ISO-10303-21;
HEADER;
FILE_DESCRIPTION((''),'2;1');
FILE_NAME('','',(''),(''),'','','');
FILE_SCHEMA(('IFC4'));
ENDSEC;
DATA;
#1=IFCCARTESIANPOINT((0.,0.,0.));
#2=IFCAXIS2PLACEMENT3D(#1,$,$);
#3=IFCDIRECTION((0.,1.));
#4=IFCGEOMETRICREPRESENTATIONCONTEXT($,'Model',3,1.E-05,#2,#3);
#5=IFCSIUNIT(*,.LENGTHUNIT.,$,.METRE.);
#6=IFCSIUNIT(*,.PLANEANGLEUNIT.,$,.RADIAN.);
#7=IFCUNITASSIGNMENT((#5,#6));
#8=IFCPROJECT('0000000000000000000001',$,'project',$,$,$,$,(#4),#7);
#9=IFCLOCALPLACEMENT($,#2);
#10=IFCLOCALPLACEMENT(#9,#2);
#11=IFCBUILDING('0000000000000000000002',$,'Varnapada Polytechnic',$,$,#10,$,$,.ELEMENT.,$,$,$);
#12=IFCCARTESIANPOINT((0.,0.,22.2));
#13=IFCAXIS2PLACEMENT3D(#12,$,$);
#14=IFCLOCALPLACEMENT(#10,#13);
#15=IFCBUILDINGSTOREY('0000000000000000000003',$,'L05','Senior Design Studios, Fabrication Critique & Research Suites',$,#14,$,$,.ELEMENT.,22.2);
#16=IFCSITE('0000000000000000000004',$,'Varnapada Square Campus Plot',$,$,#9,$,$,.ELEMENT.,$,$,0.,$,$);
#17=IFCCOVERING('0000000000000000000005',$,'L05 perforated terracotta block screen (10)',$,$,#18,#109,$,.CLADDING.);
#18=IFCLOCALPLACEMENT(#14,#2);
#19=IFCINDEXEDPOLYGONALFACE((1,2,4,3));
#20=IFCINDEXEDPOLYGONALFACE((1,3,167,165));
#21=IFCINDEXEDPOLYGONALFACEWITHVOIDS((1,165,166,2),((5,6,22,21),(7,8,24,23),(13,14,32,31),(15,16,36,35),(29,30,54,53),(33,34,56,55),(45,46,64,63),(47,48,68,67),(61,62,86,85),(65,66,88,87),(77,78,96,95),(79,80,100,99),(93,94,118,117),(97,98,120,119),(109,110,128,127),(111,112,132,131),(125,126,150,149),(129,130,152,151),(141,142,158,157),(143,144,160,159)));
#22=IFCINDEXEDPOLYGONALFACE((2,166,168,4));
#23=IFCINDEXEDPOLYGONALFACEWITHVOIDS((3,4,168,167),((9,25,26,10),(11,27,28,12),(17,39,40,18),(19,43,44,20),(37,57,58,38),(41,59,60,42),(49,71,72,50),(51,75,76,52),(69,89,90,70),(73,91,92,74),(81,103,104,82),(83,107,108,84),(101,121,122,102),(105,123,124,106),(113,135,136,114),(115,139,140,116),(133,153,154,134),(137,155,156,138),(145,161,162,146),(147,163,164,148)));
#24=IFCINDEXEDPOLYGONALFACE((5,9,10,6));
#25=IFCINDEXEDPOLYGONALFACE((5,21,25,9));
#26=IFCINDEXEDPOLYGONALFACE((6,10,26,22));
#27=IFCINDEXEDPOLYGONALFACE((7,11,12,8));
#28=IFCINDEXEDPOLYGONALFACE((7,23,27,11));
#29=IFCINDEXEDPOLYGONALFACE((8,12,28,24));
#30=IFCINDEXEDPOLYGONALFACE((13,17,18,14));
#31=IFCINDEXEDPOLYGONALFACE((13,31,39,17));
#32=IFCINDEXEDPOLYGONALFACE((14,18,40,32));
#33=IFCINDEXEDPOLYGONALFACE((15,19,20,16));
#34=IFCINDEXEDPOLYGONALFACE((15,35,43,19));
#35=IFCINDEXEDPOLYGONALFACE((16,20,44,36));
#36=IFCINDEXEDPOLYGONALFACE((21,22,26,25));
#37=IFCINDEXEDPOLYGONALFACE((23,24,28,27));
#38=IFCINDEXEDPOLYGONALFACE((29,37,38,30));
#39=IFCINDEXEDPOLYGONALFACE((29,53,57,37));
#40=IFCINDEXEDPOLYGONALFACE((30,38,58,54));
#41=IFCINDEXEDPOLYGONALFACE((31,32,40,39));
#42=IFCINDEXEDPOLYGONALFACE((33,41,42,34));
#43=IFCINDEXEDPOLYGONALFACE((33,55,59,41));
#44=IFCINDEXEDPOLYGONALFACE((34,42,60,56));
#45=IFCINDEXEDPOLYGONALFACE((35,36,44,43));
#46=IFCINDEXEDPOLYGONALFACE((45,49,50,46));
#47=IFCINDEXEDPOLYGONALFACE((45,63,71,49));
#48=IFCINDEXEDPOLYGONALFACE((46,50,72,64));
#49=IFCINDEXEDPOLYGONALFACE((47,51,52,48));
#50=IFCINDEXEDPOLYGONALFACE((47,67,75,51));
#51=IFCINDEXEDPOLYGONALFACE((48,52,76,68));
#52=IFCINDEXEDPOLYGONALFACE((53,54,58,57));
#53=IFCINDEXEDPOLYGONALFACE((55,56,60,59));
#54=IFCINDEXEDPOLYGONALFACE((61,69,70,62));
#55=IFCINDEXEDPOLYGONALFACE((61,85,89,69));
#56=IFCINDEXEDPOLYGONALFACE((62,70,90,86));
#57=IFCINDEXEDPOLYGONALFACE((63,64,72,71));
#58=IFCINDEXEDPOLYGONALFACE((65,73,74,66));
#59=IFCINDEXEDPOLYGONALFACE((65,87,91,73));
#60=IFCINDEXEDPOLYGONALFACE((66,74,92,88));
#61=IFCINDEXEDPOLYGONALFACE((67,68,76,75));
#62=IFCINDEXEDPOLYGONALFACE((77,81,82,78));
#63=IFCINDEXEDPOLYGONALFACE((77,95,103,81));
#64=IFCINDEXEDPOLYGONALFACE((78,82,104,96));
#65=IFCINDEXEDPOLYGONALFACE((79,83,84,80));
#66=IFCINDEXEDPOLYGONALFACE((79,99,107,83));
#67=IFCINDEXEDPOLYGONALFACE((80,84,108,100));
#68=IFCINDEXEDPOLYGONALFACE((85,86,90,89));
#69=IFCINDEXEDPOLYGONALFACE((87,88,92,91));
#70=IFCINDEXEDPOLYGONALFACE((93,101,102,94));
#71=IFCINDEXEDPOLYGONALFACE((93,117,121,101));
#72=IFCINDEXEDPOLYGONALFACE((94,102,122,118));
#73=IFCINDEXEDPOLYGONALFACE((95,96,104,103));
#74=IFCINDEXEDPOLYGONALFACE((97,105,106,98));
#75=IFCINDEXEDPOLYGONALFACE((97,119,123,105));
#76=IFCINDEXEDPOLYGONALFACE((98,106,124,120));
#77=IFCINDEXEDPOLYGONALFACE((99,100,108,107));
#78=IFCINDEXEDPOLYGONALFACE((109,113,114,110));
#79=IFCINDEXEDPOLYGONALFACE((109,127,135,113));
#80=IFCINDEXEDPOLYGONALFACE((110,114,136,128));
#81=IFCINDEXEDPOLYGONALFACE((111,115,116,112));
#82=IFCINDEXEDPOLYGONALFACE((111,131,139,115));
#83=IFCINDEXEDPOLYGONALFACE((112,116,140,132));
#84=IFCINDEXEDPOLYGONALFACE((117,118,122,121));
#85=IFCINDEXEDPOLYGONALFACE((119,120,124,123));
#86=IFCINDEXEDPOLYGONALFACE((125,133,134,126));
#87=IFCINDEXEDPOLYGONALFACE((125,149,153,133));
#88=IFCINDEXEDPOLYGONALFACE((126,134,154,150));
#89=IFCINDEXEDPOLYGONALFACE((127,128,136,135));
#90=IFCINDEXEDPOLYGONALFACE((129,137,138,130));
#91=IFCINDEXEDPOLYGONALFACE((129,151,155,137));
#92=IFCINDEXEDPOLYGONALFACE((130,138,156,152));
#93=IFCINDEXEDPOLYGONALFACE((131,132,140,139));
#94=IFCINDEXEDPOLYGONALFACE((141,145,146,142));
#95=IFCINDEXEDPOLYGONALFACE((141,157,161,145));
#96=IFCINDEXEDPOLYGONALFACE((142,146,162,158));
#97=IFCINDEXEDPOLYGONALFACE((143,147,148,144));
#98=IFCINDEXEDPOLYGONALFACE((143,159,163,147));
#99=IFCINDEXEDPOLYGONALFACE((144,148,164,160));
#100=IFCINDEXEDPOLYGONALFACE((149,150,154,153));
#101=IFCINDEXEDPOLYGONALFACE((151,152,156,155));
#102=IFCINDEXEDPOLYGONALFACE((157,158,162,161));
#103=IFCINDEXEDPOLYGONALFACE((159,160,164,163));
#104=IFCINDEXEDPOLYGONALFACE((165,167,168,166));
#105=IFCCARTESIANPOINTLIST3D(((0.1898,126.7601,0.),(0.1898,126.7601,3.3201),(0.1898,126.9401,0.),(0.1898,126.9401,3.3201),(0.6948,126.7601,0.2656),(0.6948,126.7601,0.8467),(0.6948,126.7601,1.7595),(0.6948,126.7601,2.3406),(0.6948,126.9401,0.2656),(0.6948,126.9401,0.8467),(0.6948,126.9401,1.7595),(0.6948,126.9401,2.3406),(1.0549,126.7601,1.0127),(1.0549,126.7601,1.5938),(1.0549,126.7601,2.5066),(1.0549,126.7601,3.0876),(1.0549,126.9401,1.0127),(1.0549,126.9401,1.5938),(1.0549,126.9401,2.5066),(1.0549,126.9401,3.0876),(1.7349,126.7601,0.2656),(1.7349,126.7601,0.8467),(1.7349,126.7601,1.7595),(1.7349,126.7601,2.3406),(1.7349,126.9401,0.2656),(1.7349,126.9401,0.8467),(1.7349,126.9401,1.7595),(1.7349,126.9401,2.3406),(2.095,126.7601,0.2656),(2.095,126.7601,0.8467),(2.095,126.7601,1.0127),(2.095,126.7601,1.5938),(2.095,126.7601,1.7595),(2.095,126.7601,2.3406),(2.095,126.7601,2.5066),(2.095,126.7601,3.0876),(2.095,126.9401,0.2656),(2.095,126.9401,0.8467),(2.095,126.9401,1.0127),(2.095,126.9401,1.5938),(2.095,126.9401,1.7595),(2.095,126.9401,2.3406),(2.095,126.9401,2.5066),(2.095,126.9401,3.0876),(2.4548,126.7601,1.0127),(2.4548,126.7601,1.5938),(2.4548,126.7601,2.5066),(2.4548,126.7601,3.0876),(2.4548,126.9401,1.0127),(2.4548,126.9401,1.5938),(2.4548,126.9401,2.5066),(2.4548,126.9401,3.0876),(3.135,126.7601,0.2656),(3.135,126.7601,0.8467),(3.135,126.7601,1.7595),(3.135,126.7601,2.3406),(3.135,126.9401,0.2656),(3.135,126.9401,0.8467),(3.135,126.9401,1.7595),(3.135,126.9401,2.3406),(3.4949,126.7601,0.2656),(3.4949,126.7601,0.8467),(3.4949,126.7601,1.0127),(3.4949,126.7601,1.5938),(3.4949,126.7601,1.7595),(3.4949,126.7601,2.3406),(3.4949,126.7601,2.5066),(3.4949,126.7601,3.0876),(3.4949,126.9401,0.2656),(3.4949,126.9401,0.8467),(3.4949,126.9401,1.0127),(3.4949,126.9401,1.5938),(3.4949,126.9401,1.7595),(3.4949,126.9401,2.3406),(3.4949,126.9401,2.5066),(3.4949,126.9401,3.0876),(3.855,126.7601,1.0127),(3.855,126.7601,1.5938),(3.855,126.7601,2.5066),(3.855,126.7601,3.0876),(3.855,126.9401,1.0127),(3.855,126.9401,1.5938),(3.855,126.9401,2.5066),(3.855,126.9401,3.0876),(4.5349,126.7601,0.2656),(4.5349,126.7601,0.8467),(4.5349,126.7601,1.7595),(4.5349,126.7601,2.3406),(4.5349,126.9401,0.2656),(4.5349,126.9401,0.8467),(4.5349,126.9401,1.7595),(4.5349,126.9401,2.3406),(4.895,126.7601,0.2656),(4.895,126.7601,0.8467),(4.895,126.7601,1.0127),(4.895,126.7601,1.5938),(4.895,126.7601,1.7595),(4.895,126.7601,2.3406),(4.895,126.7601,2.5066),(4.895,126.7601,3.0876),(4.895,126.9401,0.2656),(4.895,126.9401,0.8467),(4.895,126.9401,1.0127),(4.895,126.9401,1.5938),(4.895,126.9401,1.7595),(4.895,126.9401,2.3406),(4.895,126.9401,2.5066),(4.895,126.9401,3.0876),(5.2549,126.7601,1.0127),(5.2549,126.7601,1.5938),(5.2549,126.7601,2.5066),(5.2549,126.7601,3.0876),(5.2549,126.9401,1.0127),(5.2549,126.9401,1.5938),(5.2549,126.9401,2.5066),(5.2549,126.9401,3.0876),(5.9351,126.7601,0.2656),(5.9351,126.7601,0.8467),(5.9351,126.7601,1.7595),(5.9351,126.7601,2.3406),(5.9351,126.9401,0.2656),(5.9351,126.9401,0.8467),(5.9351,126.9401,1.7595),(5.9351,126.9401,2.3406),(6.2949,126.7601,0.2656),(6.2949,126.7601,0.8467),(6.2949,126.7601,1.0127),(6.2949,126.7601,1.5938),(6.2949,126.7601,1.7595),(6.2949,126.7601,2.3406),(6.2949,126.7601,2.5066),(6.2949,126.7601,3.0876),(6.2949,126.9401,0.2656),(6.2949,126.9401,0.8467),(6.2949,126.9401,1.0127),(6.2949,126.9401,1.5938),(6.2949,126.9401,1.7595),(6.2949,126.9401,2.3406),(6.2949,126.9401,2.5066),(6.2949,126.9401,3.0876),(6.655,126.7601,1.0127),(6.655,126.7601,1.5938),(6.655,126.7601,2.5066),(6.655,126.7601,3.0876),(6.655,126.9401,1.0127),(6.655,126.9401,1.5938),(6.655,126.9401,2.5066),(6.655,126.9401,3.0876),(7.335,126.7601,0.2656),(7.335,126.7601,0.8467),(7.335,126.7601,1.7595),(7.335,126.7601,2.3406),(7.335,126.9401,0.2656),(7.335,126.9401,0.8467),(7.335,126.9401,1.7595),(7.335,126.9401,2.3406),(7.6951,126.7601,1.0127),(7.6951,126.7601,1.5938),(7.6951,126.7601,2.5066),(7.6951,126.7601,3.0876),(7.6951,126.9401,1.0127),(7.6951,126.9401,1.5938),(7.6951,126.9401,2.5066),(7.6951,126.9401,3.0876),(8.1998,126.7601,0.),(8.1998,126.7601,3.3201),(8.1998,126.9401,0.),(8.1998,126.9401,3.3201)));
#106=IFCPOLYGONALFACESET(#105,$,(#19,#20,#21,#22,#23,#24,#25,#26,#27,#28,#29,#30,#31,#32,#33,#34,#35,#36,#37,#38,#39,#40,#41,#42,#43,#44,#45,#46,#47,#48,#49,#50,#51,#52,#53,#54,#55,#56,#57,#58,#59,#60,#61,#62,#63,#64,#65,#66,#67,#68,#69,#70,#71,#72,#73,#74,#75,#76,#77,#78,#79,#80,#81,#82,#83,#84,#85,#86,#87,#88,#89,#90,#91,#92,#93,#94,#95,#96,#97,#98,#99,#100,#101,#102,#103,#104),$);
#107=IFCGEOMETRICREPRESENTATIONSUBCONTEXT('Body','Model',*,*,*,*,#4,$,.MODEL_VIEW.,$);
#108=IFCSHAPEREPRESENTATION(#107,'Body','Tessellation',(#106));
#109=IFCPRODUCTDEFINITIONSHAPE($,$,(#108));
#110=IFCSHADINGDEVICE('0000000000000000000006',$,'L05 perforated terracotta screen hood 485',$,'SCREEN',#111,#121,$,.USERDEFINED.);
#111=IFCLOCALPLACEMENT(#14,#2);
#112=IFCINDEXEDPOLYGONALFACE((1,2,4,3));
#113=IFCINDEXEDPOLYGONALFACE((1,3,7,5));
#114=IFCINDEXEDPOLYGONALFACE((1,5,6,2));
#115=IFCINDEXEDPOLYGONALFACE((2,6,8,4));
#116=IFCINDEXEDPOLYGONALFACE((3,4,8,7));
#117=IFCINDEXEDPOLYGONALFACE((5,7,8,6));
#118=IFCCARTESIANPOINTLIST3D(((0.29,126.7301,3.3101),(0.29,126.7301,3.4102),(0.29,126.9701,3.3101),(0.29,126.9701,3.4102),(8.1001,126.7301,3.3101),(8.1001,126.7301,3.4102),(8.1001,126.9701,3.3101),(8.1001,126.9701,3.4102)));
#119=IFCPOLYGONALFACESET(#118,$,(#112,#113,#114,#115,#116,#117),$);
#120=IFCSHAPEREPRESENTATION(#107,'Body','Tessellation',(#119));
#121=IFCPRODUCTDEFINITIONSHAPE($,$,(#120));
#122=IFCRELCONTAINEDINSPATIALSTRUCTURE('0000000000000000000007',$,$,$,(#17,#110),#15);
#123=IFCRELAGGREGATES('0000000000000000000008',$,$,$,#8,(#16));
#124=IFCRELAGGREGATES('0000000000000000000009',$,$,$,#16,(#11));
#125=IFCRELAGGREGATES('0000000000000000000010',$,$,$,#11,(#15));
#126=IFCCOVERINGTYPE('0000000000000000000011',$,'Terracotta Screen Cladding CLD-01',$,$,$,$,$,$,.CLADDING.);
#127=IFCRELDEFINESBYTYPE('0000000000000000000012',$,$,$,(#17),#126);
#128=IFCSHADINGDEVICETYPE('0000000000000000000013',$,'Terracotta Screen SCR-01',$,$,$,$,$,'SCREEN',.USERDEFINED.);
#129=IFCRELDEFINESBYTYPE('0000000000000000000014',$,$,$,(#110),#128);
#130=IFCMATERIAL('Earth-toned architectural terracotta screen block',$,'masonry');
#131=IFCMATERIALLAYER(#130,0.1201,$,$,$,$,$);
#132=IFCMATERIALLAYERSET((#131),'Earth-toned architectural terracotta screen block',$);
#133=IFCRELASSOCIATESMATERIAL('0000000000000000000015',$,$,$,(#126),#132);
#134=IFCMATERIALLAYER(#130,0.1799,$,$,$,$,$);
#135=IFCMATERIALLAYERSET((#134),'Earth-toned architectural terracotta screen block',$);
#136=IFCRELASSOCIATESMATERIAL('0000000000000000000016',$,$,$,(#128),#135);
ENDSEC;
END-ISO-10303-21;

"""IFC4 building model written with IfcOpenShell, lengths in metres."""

from ifc_helpers import new_model, si_unit, direction, frame, frame_2d, origin, origin_2d, place, context, subcontext, project, spatial, rectangle, extrude, material, layer, layer_set, type_object, element, save


model = new_model("IFC4")

# Units and contexts
model_context = context("Model", 3, precision=1e-05, world=origin(), true_north=direction((0.0, 1.0)))
body_context = subcontext(model_context, "Body", "Model", "MODEL_VIEW")
ifc_project = project(units=[si_unit("LENGTHUNIT", "METRE"), si_unit("PLANEANGLEUNIT", "RADIAN")], contexts=[model_context])

# Site, building, storey
site_placement = place(None, origin())
site = spatial("IfcSite", under=ifc_project, at=site_placement, Name="Varnapada Square Campus Plot", CompositionType="ELEMENT", RefElevation=0.0)
building_placement = place(site_placement, origin())
building = spatial("IfcBuilding", under=site, at=building_placement, Name="Varnapada Polytechnic", CompositionType="ELEMENT")
storey_placement = place(building_placement, frame((0.0, 0.0, 22.2)))
storey = spatial("IfcBuildingStorey", under=building, at=storey_placement, Name="L05", Description="Senior Design Studios, Fabrication Critique & Research Suites", CompositionType="ELEMENT", Elevation=22.2)

# Covering, openings
ifc_material_1 = material(Name="Earth-toned architectural terracotta screen block", Category="masonry")
ifc_layer_1 = layer(ifc_material_1, 0.1201)
ifc_layer_set_1 = layer_set([ifc_layer_1], Name="Earth-toned architectural terracotta screen block")
covering_type = type_object("IfcCoveringType", Name="Terracotta Screen Cladding CLD-01", PredefinedType="CLADDING", material=ifc_layer_set_1)
covering_placement = place(storey_placement, frame((0.1899, 126.8501, 0.0), z_axis=(0.0, 0.0, 1.0), x_axis=(1.0, 0.0, 0.0)))
covering = element("IfcCovering", 1, at=covering_placement, inside=storey, type_object=covering_type, Name="L05 perforated terracotta block screen (10)", PredefinedType="CLADDING", context=body_context, shape_type="SweptSolid", body=[
    extrude(rectangle(XDim=8.01, YDim=0.1799, at=frame_2d((4.0049, 0.0))), origin(), (0.0, 0.0, 1.0), 3.3201),
])
opening_1_placement = place(covering_placement, frame((0.5049, 0.0, 0.2656)))
element("IfcOpeningElement", 2, at=opening_1_placement, cuts=covering, PredefinedType="OPENING", context=body_context, shape_type="SweptSolid", body=[
    extrude(rectangle(XDim=1.04, YDim=0.5811, at=frame_2d((0.52, 0.2905))), frame((0.0, 0.0999, 0.0), z_axis=(0.0, -1.0, 0.0), x_axis=(1.0, 0.0, 0.0)), (0.0, 0.0, 1.0), 0.2),
])
opening_2_placement = place(covering_placement, frame((1.905, 0.0, 0.2656)))
element("IfcOpeningElement", 3, at=opening_2_placement, cuts=covering, PredefinedType="OPENING", context=body_context, shape_type="SweptSolid", body=[
    extrude(rectangle(XDim=1.04, YDim=0.5811, at=frame_2d((0.52, 0.2905))), frame((0.0, 0.0999, 0.0), z_axis=(0.0, -1.0, 0.0), x_axis=(1.0, 0.0, 0.0)), (0.0, 0.0, 1.0), 0.2),
])
opening_3_placement = place(covering_placement, frame((3.3049, 0.0, 0.2656)))
element("IfcOpeningElement", 4, at=opening_3_placement, cuts=covering, PredefinedType="OPENING", context=body_context, shape_type="SweptSolid", body=[
    extrude(rectangle(XDim=1.04, YDim=0.5811, at=frame_2d((0.52, 0.2905))), frame((0.0, 0.0999, 0.0), z_axis=(0.0, -1.0, 0.0), x_axis=(1.0, 0.0, 0.0)), (0.0, 0.0, 1.0), 0.2),
])
opening_4_placement = place(covering_placement, frame((4.7051, 0.0, 0.2656)))
element("IfcOpeningElement", 5, at=opening_4_placement, cuts=covering, PredefinedType="OPENING", context=body_context, shape_type="SweptSolid", body=[
    extrude(rectangle(XDim=1.04, YDim=0.5811, at=frame_2d((0.52, 0.2905))), frame((0.0, 0.0999, 0.0), z_axis=(0.0, -1.0, 0.0), x_axis=(1.0, 0.0, 0.0)), (0.0, 0.0, 1.0), 0.2),
])
opening_5_placement = place(covering_placement, frame((6.105, 0.0, 0.2656)))
element("IfcOpeningElement", 6, at=opening_5_placement, cuts=covering, PredefinedType="OPENING", context=body_context, shape_type="SweptSolid", body=[
    extrude(rectangle(XDim=1.04, YDim=0.5811, at=frame_2d((0.52, 0.2905))), frame((0.0, 0.0999, 0.0), z_axis=(0.0, -1.0, 0.0), x_axis=(1.0, 0.0, 0.0)), (0.0, 0.0, 1.0), 0.2),
])
opening_6_placement = place(covering_placement, frame((0.865, 0.0, 1.0127)))
element("IfcOpeningElement", 7, at=opening_6_placement, cuts=covering, PredefinedType="OPENING", context=body_context, shape_type="SweptSolid", body=[
    extrude(rectangle(XDim=1.04, YDim=0.5811, at=frame_2d((0.52, 0.2905))), frame((0.0, 0.0999, 0.0), z_axis=(0.0, -1.0, 0.0), x_axis=(1.0, 0.0, 0.0)), (0.0, 0.0, 1.0), 0.2),
])
opening_7_placement = place(covering_placement, frame((2.2649, 0.0, 1.0127)))
element("IfcOpeningElement", 8, at=opening_7_placement, cuts=covering, PredefinedType="OPENING", context=body_context, shape_type="SweptSolid", body=[
    extrude(rectangle(XDim=1.04, YDim=0.5811, at=frame_2d((0.52, 0.2905))), frame((0.0, 0.0999, 0.0), z_axis=(0.0, -1.0, 0.0), x_axis=(1.0, 0.0, 0.0)), (0.0, 0.0, 1.0), 0.2),
])
opening_8_placement = place(covering_placement, frame((3.665, 0.0, 1.0127)))
element("IfcOpeningElement", 9, at=opening_8_placement, cuts=covering, PredefinedType="OPENING", context=body_context, shape_type="SweptSolid", body=[
    extrude(rectangle(XDim=1.04, YDim=0.5811, at=frame_2d((0.52, 0.2905))), frame((0.0, 0.0999, 0.0), z_axis=(0.0, -1.0, 0.0), x_axis=(1.0, 0.0, 0.0)), (0.0, 0.0, 1.0), 0.2),
])
opening_9_placement = place(covering_placement, frame((5.0649, 0.0, 1.0127)))
element("IfcOpeningElement", 10, at=opening_9_placement, cuts=covering, PredefinedType="OPENING", context=body_context, shape_type="SweptSolid", body=[
    extrude(rectangle(XDim=1.04, YDim=0.5811, at=frame_2d((0.52, 0.2905))), frame((0.0, 0.0999, 0.0), z_axis=(0.0, -1.0, 0.0), x_axis=(1.0, 0.0, 0.0)), (0.0, 0.0, 1.0), 0.2),
])
opening_10_placement = place(covering_placement, frame((6.4651, 0.0, 1.0127)))
element("IfcOpeningElement", 11, at=opening_10_placement, cuts=covering, PredefinedType="OPENING", context=body_context, shape_type="SweptSolid", body=[
    extrude(rectangle(XDim=1.04, YDim=0.5811, at=frame_2d((0.52, 0.2905))), frame((0.0, 0.0999, 0.0), z_axis=(0.0, -1.0, 0.0), x_axis=(1.0, 0.0, 0.0)), (0.0, 0.0, 1.0), 0.2),
])
opening_11_placement = place(covering_placement, frame((0.5049, 0.0, 1.7595)))
element("IfcOpeningElement", 12, at=opening_11_placement, cuts=covering, PredefinedType="OPENING", context=body_context, shape_type="SweptSolid", body=[
    extrude(rectangle(XDim=1.04, YDim=0.5811, at=frame_2d((0.52, 0.2905))), frame((0.0, 0.0999, 0.0), z_axis=(0.0, -1.0, 0.0), x_axis=(1.0, 0.0, 0.0)), (0.0, 0.0, 1.0), 0.2),
])
opening_12_placement = place(covering_placement, frame((1.905, 0.0, 1.7595)))
element("IfcOpeningElement", 13, at=opening_12_placement, cuts=covering, PredefinedType="OPENING", context=body_context, shape_type="SweptSolid", body=[
    extrude(rectangle(XDim=1.04, YDim=0.5811, at=frame_2d((0.52, 0.2905))), frame((0.0, 0.0999, 0.0), z_axis=(0.0, -1.0, 0.0), x_axis=(1.0, 0.0, 0.0)), (0.0, 0.0, 1.0), 0.2),
])
opening_13_placement = place(covering_placement, frame((3.3049, 0.0, 1.7595)))
element("IfcOpeningElement", 14, at=opening_13_placement, cuts=covering, PredefinedType="OPENING", context=body_context, shape_type="SweptSolid", body=[
    extrude(rectangle(XDim=1.04, YDim=0.5811, at=frame_2d((0.52, 0.2905))), frame((0.0, 0.0999, 0.0), z_axis=(0.0, -1.0, 0.0), x_axis=(1.0, 0.0, 0.0)), (0.0, 0.0, 1.0), 0.2),
])
opening_14_placement = place(covering_placement, frame((4.7051, 0.0, 1.7595)))
element("IfcOpeningElement", 15, at=opening_14_placement, cuts=covering, PredefinedType="OPENING", context=body_context, shape_type="SweptSolid", body=[
    extrude(rectangle(XDim=1.04, YDim=0.5811, at=frame_2d((0.52, 0.2905))), frame((0.0, 0.0999, 0.0), z_axis=(0.0, -1.0, 0.0), x_axis=(1.0, 0.0, 0.0)), (0.0, 0.0, 1.0), 0.2),
])
opening_15_placement = place(covering_placement, frame((6.105, 0.0, 1.7595)))
element("IfcOpeningElement", 16, at=opening_15_placement, cuts=covering, PredefinedType="OPENING", context=body_context, shape_type="SweptSolid", body=[
    extrude(rectangle(XDim=1.04, YDim=0.5811, at=frame_2d((0.52, 0.2905))), frame((0.0, 0.0999, 0.0), z_axis=(0.0, -1.0, 0.0), x_axis=(1.0, 0.0, 0.0)), (0.0, 0.0, 1.0), 0.2),
])
opening_16_placement = place(covering_placement, frame((0.865, 0.0, 2.5066)))
element("IfcOpeningElement", 17, at=opening_16_placement, cuts=covering, PredefinedType="OPENING", context=body_context, shape_type="SweptSolid", body=[
    extrude(rectangle(XDim=1.04, YDim=0.5811, at=frame_2d((0.52, 0.2905))), frame((0.0, 0.0999, 0.0), z_axis=(0.0, -1.0, 0.0), x_axis=(1.0, 0.0, 0.0)), (0.0, 0.0, 1.0), 0.2),
])
opening_17_placement = place(covering_placement, frame((2.2649, 0.0, 2.5066)))
element("IfcOpeningElement", 18, at=opening_17_placement, cuts=covering, PredefinedType="OPENING", context=body_context, shape_type="SweptSolid", body=[
    extrude(rectangle(XDim=1.04, YDim=0.5811, at=frame_2d((0.52, 0.2905))), frame((0.0, 0.0999, 0.0), z_axis=(0.0, -1.0, 0.0), x_axis=(1.0, 0.0, 0.0)), (0.0, 0.0, 1.0), 0.2),
])
opening_18_placement = place(covering_placement, frame((3.665, 0.0, 2.5066)))
element("IfcOpeningElement", 19, at=opening_18_placement, cuts=covering, PredefinedType="OPENING", context=body_context, shape_type="SweptSolid", body=[
    extrude(rectangle(XDim=1.04, YDim=0.5811, at=frame_2d((0.52, 0.2905))), frame((0.0, 0.0999, 0.0), z_axis=(0.0, -1.0, 0.0), x_axis=(1.0, 0.0, 0.0)), (0.0, 0.0, 1.0), 0.2),
])
opening_19_placement = place(covering_placement, frame((5.0649, 0.0, 2.5066)))
element("IfcOpeningElement", 20, at=opening_19_placement, cuts=covering, PredefinedType="OPENING", context=body_context, shape_type="SweptSolid", body=[
    extrude(rectangle(XDim=1.04, YDim=0.5811, at=frame_2d((0.52, 0.2905))), frame((0.0, 0.0999, 0.0), z_axis=(0.0, -1.0, 0.0), x_axis=(1.0, 0.0, 0.0)), (0.0, 0.0, 1.0), 0.2),
])
opening_20_placement = place(covering_placement, frame((6.4651, 0.0, 2.5066)))
element("IfcOpeningElement", 21, at=opening_20_placement, cuts=covering, PredefinedType="OPENING", context=body_context, shape_type="SweptSolid", body=[
    extrude(rectangle(XDim=1.04, YDim=0.5811, at=frame_2d((0.52, 0.2905))), frame((0.0, 0.0999, 0.0), z_axis=(0.0, -1.0, 0.0), x_axis=(1.0, 0.0, 0.0)), (0.0, 0.0, 1.0), 0.2),
])

# Shading device
ifc_layer_2 = layer(ifc_material_1, 0.1799)
ifc_layer_set_2 = layer_set([ifc_layer_2], Name="Earth-toned architectural terracotta screen block")
shading_device_type_1 = type_object("IfcShadingDeviceType", Name="Terracotta Screen SCR-01", ElementType="SCREEN", PredefinedType="USERDEFINED", material=ifc_layer_set_2)
shading_device_1_placement = place(storey_placement, frame((4.1951, 126.8501, 3.3101), z_axis=(0.0, 0.0, 1.0), x_axis=(1.0, 0.0, 0.0)))
element("IfcShadingDevice", 22, at=shading_device_1_placement, inside=storey, type_object=shading_device_type_1, Name="L05 perforated terracotta screen hood 485", ObjectType="SCREEN", PredefinedType="USERDEFINED", context=body_context, shape_type="SweptSolid", body=[
    extrude(rectangle(XDim=7.8101, YDim=0.24, at=origin_2d()), origin(), (0.0, 0.0, 1.0), 0.1001),
])

save(model, "model.ifc")
